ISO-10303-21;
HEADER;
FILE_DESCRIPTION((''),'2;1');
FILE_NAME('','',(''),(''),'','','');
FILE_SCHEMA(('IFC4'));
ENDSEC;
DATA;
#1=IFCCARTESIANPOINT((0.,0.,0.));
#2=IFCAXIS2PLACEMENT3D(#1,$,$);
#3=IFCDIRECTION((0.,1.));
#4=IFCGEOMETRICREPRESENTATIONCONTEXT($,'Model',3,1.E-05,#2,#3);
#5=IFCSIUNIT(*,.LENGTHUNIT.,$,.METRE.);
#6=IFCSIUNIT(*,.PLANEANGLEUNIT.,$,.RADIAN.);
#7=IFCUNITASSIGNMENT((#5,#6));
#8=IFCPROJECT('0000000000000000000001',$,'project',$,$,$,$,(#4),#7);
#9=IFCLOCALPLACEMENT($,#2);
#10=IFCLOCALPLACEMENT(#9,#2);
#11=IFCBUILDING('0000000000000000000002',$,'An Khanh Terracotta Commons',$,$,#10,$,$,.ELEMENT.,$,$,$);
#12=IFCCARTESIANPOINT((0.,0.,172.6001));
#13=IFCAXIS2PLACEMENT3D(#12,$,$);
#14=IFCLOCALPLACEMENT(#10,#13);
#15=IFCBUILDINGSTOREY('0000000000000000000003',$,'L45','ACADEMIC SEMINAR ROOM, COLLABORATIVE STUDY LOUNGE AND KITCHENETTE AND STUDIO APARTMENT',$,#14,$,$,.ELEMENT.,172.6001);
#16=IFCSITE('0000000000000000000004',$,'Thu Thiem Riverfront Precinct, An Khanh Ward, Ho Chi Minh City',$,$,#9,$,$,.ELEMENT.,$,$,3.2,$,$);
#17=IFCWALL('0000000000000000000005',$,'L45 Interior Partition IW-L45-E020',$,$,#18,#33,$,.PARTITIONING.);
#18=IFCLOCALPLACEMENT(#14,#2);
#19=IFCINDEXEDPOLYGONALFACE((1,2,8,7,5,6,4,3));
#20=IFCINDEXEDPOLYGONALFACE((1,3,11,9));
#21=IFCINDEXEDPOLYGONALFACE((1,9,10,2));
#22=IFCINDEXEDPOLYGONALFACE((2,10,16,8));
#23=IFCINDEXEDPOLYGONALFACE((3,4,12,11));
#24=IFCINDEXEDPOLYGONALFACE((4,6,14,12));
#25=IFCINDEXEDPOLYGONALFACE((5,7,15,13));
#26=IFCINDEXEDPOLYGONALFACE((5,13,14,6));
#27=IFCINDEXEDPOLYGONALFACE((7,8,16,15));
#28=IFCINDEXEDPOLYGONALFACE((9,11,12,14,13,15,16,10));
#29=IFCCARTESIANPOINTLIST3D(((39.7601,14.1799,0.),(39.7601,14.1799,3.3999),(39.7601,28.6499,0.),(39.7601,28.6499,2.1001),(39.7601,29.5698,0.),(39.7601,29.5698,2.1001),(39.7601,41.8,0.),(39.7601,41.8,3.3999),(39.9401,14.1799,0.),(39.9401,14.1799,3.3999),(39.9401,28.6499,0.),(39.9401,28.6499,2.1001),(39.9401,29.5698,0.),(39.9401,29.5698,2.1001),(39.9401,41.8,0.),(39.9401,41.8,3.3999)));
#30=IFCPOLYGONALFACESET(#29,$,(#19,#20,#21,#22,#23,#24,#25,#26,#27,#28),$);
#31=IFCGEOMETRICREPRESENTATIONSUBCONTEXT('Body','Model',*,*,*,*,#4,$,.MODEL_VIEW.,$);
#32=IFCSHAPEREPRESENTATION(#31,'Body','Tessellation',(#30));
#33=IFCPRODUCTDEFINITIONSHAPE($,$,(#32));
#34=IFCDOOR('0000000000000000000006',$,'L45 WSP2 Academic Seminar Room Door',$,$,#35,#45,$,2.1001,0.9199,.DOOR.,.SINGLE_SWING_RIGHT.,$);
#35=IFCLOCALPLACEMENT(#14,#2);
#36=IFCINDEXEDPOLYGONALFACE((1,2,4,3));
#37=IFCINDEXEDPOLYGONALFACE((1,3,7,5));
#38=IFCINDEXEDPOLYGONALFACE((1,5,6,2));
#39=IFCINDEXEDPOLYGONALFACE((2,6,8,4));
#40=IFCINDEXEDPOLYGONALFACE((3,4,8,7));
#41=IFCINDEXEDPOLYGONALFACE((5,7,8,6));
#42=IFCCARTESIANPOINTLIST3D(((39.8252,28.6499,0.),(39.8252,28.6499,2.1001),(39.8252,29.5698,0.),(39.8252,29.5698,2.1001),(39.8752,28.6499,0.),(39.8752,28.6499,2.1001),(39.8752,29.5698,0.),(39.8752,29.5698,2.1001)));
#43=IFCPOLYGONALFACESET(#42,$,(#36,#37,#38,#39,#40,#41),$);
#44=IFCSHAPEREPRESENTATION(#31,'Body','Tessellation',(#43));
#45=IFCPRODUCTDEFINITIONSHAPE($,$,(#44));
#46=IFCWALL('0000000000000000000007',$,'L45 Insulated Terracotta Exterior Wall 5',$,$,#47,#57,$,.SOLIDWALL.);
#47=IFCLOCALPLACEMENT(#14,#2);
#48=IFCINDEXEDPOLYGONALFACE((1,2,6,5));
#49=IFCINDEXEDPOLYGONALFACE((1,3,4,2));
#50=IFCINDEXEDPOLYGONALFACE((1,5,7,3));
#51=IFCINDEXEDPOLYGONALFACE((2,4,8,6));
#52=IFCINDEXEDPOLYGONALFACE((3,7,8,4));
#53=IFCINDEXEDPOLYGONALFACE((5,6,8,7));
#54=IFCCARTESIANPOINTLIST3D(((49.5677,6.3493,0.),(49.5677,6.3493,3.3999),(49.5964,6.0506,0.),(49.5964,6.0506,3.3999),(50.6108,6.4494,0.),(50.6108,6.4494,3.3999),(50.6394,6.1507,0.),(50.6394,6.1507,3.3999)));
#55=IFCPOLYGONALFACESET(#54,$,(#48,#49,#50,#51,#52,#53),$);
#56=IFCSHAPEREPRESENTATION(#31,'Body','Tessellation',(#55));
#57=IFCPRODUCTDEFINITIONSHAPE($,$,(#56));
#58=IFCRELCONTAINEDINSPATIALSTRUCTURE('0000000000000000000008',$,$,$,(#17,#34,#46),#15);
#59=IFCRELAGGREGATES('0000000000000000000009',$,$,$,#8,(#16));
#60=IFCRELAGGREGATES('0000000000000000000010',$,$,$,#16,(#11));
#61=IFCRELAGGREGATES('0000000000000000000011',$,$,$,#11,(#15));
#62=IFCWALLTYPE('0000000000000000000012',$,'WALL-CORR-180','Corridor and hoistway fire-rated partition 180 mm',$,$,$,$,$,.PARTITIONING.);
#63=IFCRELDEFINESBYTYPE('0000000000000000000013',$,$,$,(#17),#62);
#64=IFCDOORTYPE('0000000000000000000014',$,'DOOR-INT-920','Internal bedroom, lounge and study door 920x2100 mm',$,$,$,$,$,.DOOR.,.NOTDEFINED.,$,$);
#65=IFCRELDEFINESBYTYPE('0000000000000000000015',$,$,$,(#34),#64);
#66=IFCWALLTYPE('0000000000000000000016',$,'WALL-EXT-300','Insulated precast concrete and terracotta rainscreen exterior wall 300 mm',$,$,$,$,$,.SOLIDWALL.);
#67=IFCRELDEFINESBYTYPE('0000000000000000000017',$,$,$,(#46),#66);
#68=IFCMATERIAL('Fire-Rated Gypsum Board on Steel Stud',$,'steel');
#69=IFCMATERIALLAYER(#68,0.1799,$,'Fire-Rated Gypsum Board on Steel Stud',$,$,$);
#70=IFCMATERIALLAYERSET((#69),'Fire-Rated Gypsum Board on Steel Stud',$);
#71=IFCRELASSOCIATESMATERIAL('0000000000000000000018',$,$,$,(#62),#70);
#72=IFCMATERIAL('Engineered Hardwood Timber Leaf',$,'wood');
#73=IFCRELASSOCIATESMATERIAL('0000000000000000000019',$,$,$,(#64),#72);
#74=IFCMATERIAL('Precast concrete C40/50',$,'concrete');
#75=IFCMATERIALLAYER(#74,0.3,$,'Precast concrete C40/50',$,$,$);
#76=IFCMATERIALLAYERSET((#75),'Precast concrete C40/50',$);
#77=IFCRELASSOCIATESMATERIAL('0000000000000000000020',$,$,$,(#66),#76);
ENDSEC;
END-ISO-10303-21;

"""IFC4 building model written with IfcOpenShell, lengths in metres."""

from ifc_helpers import new_model, si_unit, direction, frame, frame_2d, origin, place, context, subcontext, project, spatial, rectangle, extrude, material, layer, layer_set, type_object, element, fill, save


model = new_model("IFC4")

# Units and contexts
model_context = context("Model", 3, precision=1e-05, world=origin(), true_north=direction((0.0, 1.0)))
body_context = subcontext(model_context, "Body", "Model", "MODEL_VIEW")
ifc_project = project(units=[si_unit("LENGTHUNIT", "METRE"), si_unit("PLANEANGLEUNIT", "RADIAN")], contexts=[model_context])

# Site, building, storey
site_placement = place(None, origin())
site = spatial("IfcSite", under=ifc_project, at=site_placement, Name="Thu Thiem Riverfront Precinct, An Khanh Ward, Ho Chi Minh City", CompositionType="ELEMENT", RefElevation=3.2)
building_placement = place(site_placement, origin())
building = spatial("IfcBuilding", under=site, at=building_placement, Name="An Khanh Terracotta Commons", CompositionType="ELEMENT")
storey_placement = place(building_placement, frame((0.0, 0.0, 172.6001)))
storey = spatial("IfcBuildingStorey", under=building, at=storey_placement, Name="L45", Description="ACADEMIC SEMINAR ROOM, COLLABORATIVE STUDY LOUNGE AND KITCHENETTE AND STUDIO APARTMENT", CompositionType="ELEMENT", Elevation=172.6001)

# Wall, opening, door
ifc_material_1 = material(Name="Fire-Rated Gypsum Board on Steel Stud", Category="steel")
ifc_layer_1 = layer(ifc_material_1, 0.1799, Name="Fire-Rated Gypsum Board on Steel Stud")
ifc_layer_set_1 = layer_set([ifc_layer_1], Name="Fire-Rated Gypsum Board on Steel Stud")
wall_type_1 = type_object("IfcWallType", Name="WALL-CORR-180", Description="Corridor and hoistway fire-rated partition 180 mm", PredefinedType="PARTITIONING", material=ifc_layer_set_1)
ifc_material_2 = material(Name="Engineered Hardwood Timber Leaf", Category="wood")
door_type_1 = type_object("IfcDoorType", Name="DOOR-INT-920", Description="Internal bedroom, lounge and study door 920x2100 mm", OperationType="NOTDEFINED", PredefinedType="DOOR", material=ifc_material_2)
wall_1_placement = place(storey_placement, frame((39.8501, 14.1799, 0.0), z_axis=(0.0, 0.0, 1.0), x_axis=(0.0, 1.0, 0.0)))
wall_1 = element("IfcWall", 1, at=wall_1_placement, inside=storey, type_object=wall_type_1, Name="L45 Interior Partition IW-L45-E020", PredefinedType="PARTITIONING", context=body_context, shape_type="SweptSolid", body=[
    extrude(rectangle(XDim=27.6201, YDim=0.1799, at=frame_2d((13.8101, 0.0))), origin(), (0.0, 0.0, 1.0), 3.3999),
])
opening_1_placement = place(wall_1_placement, frame((14.47, 0.0, 0.0)))
opening_1 = element("IfcOpeningElement", 2, at=opening_1_placement, cuts=wall_1, PredefinedType="OPENING", context=body_context, shape_type="SweptSolid", body=[
    extrude(rectangle(XDim=0.9199, YDim=2.1001, at=frame_2d((0.46, 1.05))), frame((0.0, 0.0999, 0.0), z_axis=(0.0, -1.0, 0.0), x_axis=(1.0, 0.0, 0.0)), (0.0, 0.0, 1.0), 0.2),
])
door_1_placement = place(opening_1_placement, origin())
door_1 = element("IfcDoor", 3, at=door_1_placement, inside=storey, type_object=door_type_1, Name="L45 WSP2 Academic Seminar Room Door", OperationType="SINGLE_SWING_RIGHT", OverallHeight=2.1001, OverallWidth=0.9199, PredefinedType="DOOR", context=body_context, shape_type="SweptSolid", body=[
    extrude(rectangle(XDim=0.9199, YDim=2.1001, at=frame_2d((0.46, 1.05))), frame((0.0, 0.0249, 0.0), z_axis=(0.0, -1.0, 0.0), x_axis=(1.0, 0.0, 0.0)), (0.0, 0.0, 1.0), 0.05),
])
fill(opening_1, door_1)

# Wall
ifc_material_3 = material(Name="Precast concrete C40/50", Category="concrete")
ifc_layer_2 = layer(ifc_material_3, 0.3, Name="Precast concrete C40/50")
ifc_layer_set_2 = layer_set([ifc_layer_2], Name="Precast concrete C40/50")
wall_type_2 = type_object("IfcWallType", Name="WALL-EXT-300", Description="Insulated precast concrete and terracotta rainscreen exterior wall 300 mm", PredefinedType="SOLIDWALL", material=ifc_layer_set_2)
wall_2_placement = place(storey_placement, frame((49.582, 6.2, 0.0), z_axis=(0.0, 0.0, 1.0), x_axis=(0.995426, 0.095535, 0.0)))
element("IfcWall", 4, at=wall_2_placement, inside=storey, type_object=wall_type_2, Name="L45 Insulated Terracotta Exterior Wall 5", PredefinedType="SOLIDWALL", context=body_context, shape_type="SweptSolid", body=[
    extrude(rectangle(XDim=1.0479, YDim=0.3, at=frame_2d((0.5239, 0.0))), origin(), (0.0, 0.0, 1.0), 3.3999),
])

save(model, "model.ifc")
